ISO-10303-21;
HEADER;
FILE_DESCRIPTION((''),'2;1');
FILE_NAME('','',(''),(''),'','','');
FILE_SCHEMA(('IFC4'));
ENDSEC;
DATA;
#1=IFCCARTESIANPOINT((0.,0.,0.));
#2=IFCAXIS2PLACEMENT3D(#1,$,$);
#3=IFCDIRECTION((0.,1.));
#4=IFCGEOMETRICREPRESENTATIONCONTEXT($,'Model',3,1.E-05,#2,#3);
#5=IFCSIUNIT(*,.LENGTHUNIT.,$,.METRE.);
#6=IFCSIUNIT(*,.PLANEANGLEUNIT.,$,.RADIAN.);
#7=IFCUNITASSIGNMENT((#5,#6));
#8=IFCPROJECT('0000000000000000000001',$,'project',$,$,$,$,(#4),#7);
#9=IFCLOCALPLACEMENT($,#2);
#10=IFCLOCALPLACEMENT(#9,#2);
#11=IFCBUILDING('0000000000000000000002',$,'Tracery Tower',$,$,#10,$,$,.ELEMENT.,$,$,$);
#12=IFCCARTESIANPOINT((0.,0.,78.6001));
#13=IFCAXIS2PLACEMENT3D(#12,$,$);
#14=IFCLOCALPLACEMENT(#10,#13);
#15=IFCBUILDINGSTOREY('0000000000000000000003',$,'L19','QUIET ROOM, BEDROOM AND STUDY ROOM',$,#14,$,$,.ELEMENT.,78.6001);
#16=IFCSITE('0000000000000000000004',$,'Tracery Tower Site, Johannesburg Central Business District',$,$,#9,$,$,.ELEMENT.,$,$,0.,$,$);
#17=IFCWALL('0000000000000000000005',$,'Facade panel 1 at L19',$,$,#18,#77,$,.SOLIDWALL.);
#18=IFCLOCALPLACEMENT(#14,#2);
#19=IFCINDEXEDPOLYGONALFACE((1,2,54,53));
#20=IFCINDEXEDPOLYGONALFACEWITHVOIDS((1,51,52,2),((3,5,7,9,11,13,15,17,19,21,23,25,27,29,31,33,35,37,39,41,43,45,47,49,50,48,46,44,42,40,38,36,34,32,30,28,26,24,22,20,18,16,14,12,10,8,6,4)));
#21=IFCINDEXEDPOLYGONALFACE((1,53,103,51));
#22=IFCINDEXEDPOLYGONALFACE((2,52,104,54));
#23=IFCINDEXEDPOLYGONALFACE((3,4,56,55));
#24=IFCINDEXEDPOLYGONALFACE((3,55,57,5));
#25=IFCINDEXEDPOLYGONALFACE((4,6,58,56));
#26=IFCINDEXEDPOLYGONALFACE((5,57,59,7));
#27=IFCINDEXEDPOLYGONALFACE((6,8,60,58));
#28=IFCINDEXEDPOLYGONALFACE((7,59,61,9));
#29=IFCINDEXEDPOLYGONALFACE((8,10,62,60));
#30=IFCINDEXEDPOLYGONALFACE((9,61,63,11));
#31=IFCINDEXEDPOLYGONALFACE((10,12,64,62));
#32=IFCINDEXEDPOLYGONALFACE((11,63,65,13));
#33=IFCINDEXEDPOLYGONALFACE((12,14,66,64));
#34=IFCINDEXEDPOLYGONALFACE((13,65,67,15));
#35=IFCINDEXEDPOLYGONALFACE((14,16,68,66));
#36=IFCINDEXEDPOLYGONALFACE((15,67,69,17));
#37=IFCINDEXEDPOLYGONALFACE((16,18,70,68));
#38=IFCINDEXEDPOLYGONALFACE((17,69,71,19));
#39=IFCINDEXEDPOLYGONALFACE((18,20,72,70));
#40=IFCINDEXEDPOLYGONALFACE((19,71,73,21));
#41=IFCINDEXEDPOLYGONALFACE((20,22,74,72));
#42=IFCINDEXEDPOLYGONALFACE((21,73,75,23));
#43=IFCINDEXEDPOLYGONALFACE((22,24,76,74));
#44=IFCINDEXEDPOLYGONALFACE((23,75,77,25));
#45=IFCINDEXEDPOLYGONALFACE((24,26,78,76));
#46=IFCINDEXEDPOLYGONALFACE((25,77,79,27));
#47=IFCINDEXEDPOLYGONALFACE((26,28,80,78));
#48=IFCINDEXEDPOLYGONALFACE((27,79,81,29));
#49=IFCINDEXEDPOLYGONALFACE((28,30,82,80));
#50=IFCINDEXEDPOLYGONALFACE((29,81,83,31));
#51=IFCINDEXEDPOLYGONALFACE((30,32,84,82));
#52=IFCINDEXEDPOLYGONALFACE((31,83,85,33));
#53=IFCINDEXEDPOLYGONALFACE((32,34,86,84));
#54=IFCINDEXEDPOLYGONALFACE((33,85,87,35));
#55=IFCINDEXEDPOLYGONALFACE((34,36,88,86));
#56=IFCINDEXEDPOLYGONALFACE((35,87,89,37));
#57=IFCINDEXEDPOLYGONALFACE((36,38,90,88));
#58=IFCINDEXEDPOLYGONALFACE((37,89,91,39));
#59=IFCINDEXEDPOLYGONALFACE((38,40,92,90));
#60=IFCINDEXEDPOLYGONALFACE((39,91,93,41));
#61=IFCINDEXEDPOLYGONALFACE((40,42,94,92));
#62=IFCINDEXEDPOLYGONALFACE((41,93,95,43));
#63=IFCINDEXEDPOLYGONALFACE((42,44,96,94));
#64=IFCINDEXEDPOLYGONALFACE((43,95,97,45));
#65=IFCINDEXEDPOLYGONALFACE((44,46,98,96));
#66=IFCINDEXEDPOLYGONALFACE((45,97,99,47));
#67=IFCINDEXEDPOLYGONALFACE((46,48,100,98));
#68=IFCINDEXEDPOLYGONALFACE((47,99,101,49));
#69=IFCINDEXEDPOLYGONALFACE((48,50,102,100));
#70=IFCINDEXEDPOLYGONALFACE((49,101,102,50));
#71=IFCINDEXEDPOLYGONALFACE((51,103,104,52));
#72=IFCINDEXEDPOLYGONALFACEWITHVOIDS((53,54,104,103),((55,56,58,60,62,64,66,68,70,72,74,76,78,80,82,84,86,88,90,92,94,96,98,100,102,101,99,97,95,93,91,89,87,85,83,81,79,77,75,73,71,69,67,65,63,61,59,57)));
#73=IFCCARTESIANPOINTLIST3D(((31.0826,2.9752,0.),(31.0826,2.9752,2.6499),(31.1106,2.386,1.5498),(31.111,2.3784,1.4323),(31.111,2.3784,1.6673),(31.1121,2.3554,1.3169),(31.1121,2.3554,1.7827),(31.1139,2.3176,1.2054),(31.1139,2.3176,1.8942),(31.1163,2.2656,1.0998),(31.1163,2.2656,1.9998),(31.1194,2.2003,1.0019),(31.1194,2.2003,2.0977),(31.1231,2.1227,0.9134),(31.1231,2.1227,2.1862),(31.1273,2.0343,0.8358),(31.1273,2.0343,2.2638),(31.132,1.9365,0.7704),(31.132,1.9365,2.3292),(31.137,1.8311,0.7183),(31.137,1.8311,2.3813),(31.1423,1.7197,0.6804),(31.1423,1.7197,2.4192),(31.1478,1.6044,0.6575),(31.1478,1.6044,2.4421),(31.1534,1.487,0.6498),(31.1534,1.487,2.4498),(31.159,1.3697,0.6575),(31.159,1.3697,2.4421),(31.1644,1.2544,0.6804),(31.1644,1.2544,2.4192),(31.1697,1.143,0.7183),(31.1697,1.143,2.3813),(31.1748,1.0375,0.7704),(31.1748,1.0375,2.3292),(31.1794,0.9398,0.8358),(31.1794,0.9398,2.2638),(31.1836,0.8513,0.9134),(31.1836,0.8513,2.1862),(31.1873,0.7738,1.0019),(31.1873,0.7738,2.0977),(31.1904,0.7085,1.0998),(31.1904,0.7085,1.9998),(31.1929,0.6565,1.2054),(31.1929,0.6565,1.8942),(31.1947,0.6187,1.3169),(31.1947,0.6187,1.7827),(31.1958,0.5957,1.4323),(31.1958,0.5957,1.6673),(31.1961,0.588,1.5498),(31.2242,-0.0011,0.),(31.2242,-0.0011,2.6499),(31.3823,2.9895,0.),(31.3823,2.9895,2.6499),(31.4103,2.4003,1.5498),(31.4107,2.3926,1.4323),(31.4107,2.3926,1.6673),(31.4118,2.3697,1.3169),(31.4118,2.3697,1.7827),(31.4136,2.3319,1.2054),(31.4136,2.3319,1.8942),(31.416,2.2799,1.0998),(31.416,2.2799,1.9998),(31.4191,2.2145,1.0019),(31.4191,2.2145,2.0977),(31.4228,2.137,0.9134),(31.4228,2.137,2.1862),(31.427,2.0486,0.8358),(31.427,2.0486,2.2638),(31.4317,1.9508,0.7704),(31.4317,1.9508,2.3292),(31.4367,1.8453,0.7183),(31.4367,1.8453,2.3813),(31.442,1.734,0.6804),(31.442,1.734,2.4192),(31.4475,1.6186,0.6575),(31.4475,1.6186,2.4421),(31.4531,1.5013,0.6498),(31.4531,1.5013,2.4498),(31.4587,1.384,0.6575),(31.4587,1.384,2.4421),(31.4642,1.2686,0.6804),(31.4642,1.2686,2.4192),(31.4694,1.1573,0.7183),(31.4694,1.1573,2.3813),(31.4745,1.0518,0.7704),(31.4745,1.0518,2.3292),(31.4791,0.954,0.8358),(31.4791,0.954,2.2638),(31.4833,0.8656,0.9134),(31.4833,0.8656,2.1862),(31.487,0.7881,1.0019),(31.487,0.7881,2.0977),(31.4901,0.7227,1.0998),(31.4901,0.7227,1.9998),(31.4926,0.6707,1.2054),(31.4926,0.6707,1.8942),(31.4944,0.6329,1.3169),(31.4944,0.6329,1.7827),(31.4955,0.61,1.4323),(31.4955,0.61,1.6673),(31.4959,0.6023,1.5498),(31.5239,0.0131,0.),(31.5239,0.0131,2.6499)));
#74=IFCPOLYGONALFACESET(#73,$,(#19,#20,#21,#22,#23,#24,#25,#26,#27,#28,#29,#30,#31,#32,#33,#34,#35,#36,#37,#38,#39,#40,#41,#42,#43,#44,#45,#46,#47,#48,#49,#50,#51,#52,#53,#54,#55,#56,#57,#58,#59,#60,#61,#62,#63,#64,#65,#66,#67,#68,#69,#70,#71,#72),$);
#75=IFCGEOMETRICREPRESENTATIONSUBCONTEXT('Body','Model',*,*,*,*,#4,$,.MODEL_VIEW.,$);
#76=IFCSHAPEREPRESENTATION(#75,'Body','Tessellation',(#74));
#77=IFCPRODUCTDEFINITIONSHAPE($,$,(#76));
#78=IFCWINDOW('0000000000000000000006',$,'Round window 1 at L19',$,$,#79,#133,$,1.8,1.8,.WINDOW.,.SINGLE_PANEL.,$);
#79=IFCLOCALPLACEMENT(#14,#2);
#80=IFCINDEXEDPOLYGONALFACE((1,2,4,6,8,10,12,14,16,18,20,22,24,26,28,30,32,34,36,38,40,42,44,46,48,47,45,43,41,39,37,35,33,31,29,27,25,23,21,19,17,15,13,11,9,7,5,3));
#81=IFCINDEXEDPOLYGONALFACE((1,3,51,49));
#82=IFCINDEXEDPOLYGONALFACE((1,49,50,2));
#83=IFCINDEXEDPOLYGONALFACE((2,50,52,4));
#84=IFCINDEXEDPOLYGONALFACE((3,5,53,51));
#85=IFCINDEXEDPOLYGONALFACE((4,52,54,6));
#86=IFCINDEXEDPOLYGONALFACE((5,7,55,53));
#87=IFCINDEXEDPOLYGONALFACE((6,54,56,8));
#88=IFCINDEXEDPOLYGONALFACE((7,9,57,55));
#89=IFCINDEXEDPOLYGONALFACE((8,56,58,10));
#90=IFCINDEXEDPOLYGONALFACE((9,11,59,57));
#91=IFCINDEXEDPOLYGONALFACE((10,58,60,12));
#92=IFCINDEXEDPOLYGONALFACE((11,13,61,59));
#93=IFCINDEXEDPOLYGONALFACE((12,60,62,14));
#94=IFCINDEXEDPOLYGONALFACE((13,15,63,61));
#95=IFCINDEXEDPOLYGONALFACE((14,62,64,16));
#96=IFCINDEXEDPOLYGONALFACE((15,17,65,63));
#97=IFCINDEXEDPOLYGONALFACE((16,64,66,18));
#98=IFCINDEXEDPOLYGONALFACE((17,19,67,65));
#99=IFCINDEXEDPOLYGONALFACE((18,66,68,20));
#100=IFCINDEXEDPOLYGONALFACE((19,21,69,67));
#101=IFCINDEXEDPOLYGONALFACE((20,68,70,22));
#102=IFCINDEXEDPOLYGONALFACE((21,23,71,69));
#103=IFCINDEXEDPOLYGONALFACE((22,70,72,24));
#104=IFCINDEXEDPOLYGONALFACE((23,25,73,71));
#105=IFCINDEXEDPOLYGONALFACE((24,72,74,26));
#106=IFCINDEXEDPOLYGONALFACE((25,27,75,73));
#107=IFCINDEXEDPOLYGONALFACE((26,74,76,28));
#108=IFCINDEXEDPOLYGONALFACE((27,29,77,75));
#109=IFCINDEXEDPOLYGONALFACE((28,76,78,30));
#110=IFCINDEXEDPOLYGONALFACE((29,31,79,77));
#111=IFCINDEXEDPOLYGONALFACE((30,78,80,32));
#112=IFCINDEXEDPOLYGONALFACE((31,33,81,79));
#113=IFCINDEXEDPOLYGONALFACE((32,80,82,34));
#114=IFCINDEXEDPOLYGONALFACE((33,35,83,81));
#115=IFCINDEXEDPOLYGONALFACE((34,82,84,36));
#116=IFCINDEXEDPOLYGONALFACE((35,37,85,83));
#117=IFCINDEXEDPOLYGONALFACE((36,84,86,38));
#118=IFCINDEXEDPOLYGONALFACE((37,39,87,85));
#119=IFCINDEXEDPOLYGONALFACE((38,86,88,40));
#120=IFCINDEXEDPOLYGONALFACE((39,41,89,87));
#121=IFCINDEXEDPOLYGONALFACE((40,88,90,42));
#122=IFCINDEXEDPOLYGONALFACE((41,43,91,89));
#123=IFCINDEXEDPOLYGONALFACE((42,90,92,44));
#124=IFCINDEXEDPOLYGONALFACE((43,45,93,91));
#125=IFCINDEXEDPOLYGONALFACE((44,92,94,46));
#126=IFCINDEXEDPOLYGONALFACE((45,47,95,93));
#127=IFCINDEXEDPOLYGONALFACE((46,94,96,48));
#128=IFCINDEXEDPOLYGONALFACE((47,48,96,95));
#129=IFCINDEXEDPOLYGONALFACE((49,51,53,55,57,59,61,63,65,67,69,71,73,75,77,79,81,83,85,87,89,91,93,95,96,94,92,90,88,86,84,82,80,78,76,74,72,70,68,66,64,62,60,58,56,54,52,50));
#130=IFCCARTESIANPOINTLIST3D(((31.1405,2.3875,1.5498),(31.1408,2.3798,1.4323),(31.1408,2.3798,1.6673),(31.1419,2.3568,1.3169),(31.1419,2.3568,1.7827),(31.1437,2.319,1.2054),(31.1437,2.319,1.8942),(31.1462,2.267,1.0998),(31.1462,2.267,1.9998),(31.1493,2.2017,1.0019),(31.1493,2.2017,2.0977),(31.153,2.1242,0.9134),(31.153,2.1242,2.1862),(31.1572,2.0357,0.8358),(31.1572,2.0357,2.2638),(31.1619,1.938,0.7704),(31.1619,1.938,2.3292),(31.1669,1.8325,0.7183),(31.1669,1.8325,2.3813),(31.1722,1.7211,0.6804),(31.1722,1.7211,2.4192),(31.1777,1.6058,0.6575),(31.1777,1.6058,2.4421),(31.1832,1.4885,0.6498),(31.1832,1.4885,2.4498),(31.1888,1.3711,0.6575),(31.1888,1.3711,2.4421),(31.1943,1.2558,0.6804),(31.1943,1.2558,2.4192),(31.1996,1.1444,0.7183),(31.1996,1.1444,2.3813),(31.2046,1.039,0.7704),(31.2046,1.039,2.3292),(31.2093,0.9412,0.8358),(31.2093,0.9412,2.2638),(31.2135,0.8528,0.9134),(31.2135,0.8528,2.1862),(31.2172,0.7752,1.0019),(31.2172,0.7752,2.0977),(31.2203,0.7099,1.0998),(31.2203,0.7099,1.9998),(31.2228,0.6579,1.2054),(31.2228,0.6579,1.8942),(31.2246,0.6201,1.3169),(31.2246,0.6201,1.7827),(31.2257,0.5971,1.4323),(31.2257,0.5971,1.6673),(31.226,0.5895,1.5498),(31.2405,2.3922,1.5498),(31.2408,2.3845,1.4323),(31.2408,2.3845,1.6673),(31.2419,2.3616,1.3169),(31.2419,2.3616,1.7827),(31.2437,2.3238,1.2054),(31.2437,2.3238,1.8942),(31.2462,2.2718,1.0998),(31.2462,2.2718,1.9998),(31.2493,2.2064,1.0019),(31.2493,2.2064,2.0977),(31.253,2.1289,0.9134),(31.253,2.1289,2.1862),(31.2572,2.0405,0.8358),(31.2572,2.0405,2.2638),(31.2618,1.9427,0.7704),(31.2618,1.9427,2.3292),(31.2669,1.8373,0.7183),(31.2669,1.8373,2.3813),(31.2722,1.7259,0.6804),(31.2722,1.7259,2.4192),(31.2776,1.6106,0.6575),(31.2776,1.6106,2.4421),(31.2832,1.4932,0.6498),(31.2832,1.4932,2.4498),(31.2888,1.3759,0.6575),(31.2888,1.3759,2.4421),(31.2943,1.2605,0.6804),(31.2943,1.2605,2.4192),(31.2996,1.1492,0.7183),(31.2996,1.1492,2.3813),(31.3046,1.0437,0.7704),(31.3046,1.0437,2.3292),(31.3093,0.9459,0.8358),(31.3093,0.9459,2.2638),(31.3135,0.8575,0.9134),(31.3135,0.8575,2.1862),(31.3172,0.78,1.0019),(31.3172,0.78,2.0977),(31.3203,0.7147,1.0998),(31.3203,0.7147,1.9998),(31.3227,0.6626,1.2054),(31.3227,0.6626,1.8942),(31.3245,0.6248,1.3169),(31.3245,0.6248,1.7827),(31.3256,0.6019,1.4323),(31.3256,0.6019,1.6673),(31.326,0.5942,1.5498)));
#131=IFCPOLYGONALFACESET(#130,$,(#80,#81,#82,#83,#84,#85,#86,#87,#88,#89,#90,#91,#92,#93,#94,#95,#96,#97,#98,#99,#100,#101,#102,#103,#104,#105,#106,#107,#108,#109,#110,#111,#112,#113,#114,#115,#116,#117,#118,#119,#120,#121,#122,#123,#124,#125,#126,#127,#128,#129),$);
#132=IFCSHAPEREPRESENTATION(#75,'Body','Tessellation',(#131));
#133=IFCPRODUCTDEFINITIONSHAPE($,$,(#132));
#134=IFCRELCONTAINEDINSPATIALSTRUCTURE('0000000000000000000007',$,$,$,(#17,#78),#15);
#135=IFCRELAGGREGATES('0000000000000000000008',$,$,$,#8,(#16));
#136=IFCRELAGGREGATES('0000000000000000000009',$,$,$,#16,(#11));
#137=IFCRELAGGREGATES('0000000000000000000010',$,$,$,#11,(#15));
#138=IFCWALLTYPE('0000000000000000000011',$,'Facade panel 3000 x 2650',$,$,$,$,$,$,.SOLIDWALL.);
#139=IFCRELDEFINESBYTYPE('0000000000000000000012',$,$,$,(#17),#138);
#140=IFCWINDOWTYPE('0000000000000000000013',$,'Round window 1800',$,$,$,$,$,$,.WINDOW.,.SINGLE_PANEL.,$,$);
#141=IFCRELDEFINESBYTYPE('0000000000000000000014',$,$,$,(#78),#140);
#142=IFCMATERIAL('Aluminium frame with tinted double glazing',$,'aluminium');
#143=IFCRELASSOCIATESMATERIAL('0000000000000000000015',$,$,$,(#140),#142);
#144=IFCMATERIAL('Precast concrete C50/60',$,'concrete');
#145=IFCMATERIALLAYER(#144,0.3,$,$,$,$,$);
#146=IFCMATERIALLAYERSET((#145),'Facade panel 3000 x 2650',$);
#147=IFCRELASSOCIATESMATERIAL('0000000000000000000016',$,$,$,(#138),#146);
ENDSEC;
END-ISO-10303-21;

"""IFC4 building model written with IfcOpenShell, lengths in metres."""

from ifc_helpers import new_model, si_unit, direction, frame, frame_2d, origin, origin_2d, place, context, subcontext, project, spatial, rectangle, circle, extrude, material, layer, layer_set, type_object, element, fill, save


model = new_model("IFC4")

# Units and contexts
model_context = context("Model", 3, precision=1e-05, world=origin(), true_north=direction((0.0, 1.0)))
body_context = subcontext(model_context, "Body", "Model", "MODEL_VIEW")
ifc_project = project(units=[si_unit("LENGTHUNIT", "METRE"), si_unit("PLANEANGLEUNIT", "RADIAN")], contexts=[model_context])

# Site, building, storey
site_placement = place(None, origin())
site = spatial("IfcSite", under=ifc_project, at=site_placement, Name="Tracery Tower Site, Johannesburg Central Business District", CompositionType="ELEMENT", RefElevation=0.0)
building_placement = place(site_placement, origin())
building = spatial("IfcBuilding", under=site, at=building_placement, Name="Tracery Tower", CompositionType="ELEMENT")
storey_placement = place(building_placement, frame((0.0, 0.0, 78.6001)))
storey = spatial("IfcBuildingStorey", under=building, at=storey_placement, Name="L19", Description="QUIET ROOM, BEDROOM AND STUDY ROOM", CompositionType="ELEMENT", Elevation=78.6001)

# Wall, opening, window
ifc_material_1 = material(Name="Aluminium frame with tinted double glazing", Category="aluminium")
window_type = type_object("IfcWindowType", Name="Round window 1800", PartitioningType="SINGLE_PANEL", PredefinedType="WINDOW", material=ifc_material_1)
ifc_material_2 = material(Name="Precast concrete C50/60", Category="concrete")
ifc_layer_1 = layer(ifc_material_2, 0.3)
ifc_layer_set_1 = layer_set([ifc_layer_1], Name="Facade panel 3000 x 2650")
wall_type_1 = type_object("IfcWallType", Name="Facade panel 3000 x 2650", PredefinedType="SOLIDWALL", material=ifc_layer_set_1)
wall_1_placement = place(storey_placement, frame((31.374, 0.0061, 0.0), z_axis=(0.0, 0.0, 1.0), x_axis=(-0.047522, 0.99887, 0.0)))
wall_1 = element("IfcWall", 1, at=wall_1_placement, inside=storey, type_object=wall_type_1, Name="Facade panel 1 at L19", PredefinedType="SOLIDWALL", context=body_context, shape_type="SweptSolid", body=[
    extrude(rectangle(XDim=2.9797, YDim=0.3, at=frame_2d((1.4897, 0.0))), origin(), (0.0, 0.0, 1.0), 2.6499),
])
opening_1_placement = place(wall_1_placement, frame((1.4897, 0.0, 1.5498)))
opening_1 = element("IfcOpeningElement", 2, at=opening_1_placement, cuts=wall_1, PredefinedType="OPENING", context=body_context, shape_type="SweptSolid", body=[
    extrude(circle(Radius=0.9, at=origin_2d()), frame((0.0, 0.1599, 0.0), z_axis=(0.0, -1.0, 0.0), x_axis=(1.0, 0.0, 0.0)), (0.0, 0.0, 1.0), 0.3201),
])
window_1_placement = place(opening_1_placement, origin())
window_1 = element("IfcWindow", 3, at=window_1_placement, inside=storey, type_object=window_type, Name="Round window 1 at L19", OverallHeight=1.8, OverallWidth=1.8, PartitioningType="SINGLE_PANEL", PredefinedType="WINDOW", context=body_context, shape_type="SweptSolid", body=[
    extrude(circle(Radius=0.9, at=origin_2d()), frame((0.0, 0.1201, 0.0), z_axis=(0.0, -1.0, 0.0), x_axis=(1.0, 0.0, 0.0)), (0.0, 0.0, 1.0), 0.1001),
])
fill(opening_1, window_1)

save(model, "model.ifc")
